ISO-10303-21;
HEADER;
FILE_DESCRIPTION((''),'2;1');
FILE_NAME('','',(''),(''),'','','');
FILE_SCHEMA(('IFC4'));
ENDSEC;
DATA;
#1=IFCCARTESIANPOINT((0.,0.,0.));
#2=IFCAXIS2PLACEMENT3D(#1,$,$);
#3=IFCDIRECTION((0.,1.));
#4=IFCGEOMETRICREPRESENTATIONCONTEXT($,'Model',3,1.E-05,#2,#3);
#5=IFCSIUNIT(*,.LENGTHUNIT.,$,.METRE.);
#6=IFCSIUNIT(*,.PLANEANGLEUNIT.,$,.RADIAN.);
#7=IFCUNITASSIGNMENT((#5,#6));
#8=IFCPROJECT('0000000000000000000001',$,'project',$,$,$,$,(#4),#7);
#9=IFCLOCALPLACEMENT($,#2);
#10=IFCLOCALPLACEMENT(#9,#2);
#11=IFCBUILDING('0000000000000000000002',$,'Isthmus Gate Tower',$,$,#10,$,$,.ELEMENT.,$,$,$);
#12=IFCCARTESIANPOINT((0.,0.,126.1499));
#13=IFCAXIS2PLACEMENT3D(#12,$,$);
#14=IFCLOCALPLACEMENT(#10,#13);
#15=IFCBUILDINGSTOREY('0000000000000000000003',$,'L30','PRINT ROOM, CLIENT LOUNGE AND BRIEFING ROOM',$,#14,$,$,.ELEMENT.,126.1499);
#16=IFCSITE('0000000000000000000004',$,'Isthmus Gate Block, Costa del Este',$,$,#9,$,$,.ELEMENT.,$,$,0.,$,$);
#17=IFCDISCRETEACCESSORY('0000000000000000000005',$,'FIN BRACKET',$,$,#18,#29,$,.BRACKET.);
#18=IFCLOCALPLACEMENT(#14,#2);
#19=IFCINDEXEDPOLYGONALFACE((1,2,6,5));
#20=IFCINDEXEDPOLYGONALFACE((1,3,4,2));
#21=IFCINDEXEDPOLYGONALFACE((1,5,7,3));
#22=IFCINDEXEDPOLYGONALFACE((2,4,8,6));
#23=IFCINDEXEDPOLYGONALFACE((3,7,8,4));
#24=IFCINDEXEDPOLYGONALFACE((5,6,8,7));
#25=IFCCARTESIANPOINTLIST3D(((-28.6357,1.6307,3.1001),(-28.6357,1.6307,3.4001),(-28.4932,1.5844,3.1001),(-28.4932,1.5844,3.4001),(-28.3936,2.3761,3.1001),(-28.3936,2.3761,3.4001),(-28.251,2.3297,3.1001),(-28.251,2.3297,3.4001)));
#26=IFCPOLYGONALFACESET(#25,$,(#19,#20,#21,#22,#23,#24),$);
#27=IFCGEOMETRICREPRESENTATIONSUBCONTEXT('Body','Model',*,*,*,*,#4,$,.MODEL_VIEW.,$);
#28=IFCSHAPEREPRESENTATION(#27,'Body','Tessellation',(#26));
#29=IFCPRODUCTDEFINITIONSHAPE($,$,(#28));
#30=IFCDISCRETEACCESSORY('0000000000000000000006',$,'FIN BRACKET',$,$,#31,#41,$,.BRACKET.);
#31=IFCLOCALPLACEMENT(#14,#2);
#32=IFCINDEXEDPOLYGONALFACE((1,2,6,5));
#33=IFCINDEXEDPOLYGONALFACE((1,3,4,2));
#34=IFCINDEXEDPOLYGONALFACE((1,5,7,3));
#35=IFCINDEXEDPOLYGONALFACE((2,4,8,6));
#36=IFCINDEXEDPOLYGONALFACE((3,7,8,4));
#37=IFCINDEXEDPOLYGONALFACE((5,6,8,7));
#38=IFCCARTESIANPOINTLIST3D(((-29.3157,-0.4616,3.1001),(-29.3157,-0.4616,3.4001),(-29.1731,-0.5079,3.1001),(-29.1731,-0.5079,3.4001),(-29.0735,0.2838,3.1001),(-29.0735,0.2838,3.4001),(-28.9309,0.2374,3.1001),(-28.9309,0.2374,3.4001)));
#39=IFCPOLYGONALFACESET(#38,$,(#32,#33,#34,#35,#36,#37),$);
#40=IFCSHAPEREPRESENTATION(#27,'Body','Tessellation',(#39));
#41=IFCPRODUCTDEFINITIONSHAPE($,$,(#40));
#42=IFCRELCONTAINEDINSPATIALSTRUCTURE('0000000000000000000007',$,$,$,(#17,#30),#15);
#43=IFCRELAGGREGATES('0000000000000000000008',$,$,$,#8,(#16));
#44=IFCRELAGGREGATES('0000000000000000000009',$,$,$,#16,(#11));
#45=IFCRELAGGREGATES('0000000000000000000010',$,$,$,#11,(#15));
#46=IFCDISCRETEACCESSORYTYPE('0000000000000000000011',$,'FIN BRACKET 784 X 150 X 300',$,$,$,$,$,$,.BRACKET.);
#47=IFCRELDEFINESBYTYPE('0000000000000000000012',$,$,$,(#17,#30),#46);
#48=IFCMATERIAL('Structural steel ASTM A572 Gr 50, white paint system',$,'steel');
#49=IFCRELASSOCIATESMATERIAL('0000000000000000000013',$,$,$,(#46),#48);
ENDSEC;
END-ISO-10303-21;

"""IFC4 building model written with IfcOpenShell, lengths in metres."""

from ifc_helpers import new_model, si_unit, direction, frame, origin, origin_2d, place, context, subcontext, project, spatial, rectangle, extrude, material, type_object, element, save


model = new_model("IFC4")

# Units and contexts
model_context = context("Model", 3, precision=1e-05, world=origin(), true_north=direction((0.0, 1.0)))
body_context = subcontext(model_context, "Body", "Model", "MODEL_VIEW")
ifc_project = project(units=[si_unit("LENGTHUNIT", "METRE"), si_unit("PLANEANGLEUNIT", "RADIAN")], contexts=[model_context])

# Site, building, storey
site_placement = place(None, origin())
site = spatial("IfcSite", under=ifc_project, at=site_placement, Name="Isthmus Gate Block, Costa del Este", CompositionType="ELEMENT", RefElevation=0.0)
building_placement = place(site_placement, origin())
building = spatial("IfcBuilding", under=site, at=building_placement, Name="Isthmus Gate Tower", CompositionType="ELEMENT")
storey_placement = place(building_placement, frame((0.0, 0.0, 126.1499)))
storey = spatial("IfcBuildingStorey", under=building, at=storey_placement, Name="L30", Description="PRINT ROOM, CLIENT LOUNGE AND BRIEFING ROOM", CompositionType="ELEMENT", Elevation=126.1499)

# Discrete accessories
ifc_material_1 = material(Name="Structural steel ASTM A572 Gr 50, white paint system", Category="steel")
discrete_accessory_type_1 = type_object("IfcDiscreteAccessoryType", Name="FIN BRACKET 784 X 150 X 300", PredefinedType="BRACKET", material=ifc_material_1)
for number, where, z_axis, x_axis, name in (
    (1, (-28.4434, 1.9802, 3.1001), (0.0, 0.0, 1.0), (-0.951057, 0.309017, 0.0), "FIN BRACKET"),
    (2, (-29.1233, -0.1121, 3.1001), (0.0, 0.0, 1.0), (-0.951057, 0.309017, 0.0), "FIN BRACKET"),
):
    element("IfcDiscreteAccessory", number, at=place(storey_placement, frame(where, z_axis=z_axis, x_axis=x_axis)), inside=storey, type_object=discrete_accessory_type_1, Name=name, PredefinedType="BRACKET", context=body_context, shape_type="SweptSolid", body=[
        extrude(rectangle(XDim=0.1499, YDim=0.7837, at=origin_2d()), origin(), (0.0, 0.0, 1.0), 0.3),
    ])

save(model, "model.ifc")
